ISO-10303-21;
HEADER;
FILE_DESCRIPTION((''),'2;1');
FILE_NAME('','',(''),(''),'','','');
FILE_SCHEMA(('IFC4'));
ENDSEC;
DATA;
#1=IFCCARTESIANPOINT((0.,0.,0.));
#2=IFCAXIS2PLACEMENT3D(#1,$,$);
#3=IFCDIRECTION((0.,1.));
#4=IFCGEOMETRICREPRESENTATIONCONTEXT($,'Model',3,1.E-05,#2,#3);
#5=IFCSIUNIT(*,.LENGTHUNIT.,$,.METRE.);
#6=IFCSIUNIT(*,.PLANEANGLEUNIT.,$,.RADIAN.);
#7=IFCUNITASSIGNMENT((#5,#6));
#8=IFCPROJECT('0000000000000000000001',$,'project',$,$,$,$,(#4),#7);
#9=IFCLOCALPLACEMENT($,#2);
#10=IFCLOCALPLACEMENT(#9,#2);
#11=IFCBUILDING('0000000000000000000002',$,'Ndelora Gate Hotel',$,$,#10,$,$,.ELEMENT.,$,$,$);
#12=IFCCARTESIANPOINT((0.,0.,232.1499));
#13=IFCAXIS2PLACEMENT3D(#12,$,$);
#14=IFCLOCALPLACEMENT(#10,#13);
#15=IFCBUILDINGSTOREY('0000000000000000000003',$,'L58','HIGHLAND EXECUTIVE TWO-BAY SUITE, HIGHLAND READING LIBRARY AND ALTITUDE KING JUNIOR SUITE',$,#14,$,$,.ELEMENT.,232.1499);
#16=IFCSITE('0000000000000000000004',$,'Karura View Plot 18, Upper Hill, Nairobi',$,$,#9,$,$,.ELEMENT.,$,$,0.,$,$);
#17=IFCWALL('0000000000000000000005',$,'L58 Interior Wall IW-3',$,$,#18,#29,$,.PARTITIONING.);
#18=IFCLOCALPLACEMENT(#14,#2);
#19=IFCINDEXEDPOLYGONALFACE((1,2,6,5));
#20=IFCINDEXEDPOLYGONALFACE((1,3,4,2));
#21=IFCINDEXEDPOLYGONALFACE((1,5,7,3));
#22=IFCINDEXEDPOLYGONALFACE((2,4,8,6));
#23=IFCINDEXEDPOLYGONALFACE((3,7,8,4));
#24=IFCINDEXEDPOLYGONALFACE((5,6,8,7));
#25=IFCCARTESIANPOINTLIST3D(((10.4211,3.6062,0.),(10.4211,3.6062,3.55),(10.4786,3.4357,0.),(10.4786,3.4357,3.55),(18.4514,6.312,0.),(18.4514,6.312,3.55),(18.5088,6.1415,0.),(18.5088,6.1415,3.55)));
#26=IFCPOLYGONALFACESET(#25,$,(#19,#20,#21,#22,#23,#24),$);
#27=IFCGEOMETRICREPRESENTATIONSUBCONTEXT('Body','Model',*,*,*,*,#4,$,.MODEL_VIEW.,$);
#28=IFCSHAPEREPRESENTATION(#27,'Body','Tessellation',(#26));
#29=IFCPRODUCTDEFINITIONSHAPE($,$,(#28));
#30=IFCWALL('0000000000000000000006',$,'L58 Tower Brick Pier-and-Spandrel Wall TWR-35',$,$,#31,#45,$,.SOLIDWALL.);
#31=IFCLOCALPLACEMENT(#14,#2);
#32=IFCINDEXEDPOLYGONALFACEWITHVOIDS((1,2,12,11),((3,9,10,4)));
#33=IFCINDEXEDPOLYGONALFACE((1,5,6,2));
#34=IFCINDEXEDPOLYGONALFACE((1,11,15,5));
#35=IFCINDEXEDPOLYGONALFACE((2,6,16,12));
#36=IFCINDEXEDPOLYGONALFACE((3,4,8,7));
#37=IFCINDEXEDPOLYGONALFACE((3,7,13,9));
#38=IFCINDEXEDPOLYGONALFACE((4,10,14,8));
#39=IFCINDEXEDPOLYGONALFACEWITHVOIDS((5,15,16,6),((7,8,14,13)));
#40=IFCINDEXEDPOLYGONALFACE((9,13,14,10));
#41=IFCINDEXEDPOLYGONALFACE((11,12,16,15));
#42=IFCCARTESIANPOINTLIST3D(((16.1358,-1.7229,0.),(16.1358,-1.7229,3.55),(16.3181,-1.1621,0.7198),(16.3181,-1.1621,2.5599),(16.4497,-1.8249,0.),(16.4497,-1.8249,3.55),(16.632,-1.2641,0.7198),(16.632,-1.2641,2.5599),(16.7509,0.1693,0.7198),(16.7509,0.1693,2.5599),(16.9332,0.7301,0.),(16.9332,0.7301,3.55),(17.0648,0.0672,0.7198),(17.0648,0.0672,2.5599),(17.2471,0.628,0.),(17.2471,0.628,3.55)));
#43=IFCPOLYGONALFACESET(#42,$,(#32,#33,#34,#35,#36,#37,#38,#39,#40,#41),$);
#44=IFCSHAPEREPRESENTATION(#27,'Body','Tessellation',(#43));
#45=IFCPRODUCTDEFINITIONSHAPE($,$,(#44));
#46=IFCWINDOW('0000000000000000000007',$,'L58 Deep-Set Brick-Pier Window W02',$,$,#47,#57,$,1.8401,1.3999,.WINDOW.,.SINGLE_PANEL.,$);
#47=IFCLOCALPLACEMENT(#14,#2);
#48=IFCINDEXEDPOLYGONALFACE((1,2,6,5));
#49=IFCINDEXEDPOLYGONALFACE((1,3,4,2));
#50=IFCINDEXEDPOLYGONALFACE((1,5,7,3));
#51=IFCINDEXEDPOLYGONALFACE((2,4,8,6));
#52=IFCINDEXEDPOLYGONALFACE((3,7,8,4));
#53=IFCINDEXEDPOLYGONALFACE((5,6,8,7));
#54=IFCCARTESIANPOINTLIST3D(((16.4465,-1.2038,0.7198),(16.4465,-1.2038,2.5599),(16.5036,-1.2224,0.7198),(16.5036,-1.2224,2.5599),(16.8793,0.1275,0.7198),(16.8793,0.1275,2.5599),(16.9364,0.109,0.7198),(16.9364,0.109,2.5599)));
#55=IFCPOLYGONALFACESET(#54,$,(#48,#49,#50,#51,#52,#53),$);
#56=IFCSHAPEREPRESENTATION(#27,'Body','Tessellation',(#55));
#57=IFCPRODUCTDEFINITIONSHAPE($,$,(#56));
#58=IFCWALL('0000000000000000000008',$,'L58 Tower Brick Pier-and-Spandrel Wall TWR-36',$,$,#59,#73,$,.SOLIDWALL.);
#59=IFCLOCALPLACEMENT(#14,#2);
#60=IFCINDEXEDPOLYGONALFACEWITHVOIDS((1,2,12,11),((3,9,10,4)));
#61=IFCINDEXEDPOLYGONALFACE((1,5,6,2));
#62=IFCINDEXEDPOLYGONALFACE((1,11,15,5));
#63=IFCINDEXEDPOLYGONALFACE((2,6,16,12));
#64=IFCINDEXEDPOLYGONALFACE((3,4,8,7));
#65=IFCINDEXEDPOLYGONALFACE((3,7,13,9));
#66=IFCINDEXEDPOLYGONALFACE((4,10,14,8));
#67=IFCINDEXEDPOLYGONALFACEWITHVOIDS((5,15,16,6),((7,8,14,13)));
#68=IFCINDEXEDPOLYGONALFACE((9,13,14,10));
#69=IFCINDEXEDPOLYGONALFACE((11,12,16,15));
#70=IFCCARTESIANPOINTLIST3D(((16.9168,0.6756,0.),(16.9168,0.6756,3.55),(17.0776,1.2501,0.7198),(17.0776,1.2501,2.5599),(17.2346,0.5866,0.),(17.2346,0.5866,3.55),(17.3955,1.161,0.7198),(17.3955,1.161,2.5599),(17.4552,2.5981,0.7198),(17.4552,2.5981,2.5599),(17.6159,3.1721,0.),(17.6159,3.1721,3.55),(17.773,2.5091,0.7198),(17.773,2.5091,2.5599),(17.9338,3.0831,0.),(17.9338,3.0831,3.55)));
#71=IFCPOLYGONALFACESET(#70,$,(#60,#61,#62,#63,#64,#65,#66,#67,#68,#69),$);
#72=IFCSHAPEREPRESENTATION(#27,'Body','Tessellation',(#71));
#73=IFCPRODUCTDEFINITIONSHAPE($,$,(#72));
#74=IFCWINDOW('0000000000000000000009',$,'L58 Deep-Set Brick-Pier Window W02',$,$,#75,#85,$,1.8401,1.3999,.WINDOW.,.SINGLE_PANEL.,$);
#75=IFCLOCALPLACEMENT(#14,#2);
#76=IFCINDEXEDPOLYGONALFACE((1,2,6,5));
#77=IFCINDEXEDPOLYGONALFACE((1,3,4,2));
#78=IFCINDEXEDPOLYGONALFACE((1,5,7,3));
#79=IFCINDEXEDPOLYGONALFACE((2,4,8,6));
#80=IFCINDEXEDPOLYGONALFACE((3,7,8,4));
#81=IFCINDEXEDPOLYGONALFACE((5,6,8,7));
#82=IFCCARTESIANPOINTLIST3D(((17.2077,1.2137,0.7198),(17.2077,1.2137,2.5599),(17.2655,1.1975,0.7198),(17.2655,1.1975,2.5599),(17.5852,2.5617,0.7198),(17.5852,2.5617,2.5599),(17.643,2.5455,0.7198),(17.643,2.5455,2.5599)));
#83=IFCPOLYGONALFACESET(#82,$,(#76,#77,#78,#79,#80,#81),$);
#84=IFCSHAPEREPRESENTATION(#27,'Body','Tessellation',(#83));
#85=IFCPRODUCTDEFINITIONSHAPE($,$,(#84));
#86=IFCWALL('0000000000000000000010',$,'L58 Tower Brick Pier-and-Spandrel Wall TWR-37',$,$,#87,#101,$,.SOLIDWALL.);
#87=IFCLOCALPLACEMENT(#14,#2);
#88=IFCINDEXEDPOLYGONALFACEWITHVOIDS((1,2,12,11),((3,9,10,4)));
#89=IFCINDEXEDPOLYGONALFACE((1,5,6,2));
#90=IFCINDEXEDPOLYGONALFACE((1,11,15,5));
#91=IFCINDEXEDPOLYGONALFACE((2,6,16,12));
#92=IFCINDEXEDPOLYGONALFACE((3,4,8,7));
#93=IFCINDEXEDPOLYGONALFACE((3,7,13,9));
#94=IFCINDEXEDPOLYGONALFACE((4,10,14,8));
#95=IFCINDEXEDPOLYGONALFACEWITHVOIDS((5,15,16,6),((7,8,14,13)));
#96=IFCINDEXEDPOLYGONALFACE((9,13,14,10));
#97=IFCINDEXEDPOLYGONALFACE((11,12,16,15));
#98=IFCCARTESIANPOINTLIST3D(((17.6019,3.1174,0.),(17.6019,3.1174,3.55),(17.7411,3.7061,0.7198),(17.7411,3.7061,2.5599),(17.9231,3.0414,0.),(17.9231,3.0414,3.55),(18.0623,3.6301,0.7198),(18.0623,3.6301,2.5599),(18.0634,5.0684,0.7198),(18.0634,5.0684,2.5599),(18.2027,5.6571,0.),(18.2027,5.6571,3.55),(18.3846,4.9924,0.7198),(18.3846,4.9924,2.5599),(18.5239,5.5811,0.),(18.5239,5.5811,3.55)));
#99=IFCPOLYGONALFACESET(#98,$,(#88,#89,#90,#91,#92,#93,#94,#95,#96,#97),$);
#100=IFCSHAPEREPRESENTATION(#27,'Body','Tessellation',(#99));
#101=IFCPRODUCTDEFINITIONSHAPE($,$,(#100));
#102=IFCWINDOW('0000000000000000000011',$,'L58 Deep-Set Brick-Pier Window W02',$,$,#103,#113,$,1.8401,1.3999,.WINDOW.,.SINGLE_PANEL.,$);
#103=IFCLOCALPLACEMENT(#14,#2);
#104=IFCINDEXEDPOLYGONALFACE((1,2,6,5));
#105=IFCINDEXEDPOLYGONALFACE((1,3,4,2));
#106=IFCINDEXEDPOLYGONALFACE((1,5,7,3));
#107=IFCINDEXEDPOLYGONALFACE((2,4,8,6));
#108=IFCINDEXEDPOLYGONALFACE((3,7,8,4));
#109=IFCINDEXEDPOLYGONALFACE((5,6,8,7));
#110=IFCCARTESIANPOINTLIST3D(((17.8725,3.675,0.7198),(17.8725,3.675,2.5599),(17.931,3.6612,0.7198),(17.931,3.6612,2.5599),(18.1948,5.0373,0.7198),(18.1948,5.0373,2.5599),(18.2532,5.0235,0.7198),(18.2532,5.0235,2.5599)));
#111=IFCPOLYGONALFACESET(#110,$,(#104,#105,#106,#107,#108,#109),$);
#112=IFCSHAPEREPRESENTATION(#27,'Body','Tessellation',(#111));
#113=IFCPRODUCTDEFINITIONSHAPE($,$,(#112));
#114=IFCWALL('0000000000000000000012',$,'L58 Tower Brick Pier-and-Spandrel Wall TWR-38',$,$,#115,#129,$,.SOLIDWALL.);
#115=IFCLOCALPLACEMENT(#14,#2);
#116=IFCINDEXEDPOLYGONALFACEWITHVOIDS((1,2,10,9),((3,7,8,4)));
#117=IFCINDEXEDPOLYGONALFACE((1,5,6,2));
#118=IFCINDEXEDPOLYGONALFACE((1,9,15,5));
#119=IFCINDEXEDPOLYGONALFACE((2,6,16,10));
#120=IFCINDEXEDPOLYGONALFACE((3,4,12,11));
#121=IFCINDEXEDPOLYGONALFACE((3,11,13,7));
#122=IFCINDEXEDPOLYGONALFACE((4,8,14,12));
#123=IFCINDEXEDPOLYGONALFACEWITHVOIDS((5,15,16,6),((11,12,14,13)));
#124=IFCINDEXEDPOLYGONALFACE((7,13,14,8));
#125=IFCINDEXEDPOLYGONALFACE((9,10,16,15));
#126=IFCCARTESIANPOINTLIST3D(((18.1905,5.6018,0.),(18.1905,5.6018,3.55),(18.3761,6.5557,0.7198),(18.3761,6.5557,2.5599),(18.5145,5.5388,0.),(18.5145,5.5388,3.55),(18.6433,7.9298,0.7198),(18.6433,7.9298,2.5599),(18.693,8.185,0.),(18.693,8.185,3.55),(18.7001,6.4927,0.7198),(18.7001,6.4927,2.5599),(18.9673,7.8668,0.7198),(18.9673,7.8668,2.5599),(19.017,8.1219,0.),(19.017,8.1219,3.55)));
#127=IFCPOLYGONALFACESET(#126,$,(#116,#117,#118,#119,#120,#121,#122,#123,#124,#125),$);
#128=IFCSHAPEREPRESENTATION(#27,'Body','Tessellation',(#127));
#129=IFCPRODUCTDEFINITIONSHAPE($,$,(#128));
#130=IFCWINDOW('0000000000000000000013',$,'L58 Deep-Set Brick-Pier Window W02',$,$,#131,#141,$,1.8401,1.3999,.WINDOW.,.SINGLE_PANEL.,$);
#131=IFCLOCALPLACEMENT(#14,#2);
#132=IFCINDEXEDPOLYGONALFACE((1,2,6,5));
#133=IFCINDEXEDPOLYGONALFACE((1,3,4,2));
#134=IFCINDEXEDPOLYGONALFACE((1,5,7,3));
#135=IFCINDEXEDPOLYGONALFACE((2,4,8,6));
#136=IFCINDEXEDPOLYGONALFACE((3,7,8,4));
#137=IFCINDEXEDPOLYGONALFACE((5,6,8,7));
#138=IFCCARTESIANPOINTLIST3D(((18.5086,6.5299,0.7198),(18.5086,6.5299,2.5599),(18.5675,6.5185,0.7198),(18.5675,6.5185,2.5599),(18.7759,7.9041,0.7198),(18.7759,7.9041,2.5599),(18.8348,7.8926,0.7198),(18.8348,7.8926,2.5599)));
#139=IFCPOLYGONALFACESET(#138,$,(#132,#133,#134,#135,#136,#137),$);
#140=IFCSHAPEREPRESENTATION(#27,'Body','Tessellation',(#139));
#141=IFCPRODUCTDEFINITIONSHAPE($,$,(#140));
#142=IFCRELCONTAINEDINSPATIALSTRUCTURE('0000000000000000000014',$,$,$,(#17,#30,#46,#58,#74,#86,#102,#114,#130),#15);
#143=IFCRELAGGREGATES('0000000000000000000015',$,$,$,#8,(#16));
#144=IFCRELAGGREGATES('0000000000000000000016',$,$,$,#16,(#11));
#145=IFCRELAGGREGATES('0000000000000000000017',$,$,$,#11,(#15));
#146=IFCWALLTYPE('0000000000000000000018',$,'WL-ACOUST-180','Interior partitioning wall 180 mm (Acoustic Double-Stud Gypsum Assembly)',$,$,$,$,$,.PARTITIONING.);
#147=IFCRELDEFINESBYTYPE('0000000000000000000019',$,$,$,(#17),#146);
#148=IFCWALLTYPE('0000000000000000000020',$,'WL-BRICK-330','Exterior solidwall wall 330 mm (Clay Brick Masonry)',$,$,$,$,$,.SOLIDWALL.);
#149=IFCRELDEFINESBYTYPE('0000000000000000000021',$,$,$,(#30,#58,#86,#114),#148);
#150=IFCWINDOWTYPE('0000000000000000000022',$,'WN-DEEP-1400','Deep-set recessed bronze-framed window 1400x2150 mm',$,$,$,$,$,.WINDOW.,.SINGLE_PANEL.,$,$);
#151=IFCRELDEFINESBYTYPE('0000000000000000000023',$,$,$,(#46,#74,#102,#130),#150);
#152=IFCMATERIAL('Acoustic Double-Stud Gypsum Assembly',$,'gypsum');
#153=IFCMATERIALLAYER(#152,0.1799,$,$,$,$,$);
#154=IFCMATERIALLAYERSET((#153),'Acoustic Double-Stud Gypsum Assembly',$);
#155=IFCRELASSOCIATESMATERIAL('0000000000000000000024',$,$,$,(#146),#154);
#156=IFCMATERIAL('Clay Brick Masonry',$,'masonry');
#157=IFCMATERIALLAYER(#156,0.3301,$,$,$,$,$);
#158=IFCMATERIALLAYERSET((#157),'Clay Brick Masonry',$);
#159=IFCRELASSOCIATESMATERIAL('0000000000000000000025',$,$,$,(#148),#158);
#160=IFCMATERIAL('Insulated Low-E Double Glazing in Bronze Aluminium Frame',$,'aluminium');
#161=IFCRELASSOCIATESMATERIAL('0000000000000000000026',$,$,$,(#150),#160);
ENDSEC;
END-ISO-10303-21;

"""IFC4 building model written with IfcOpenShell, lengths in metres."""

from ifc_helpers import new_model, si_unit, direction, frame, frame_2d, origin, place, context, subcontext, project, spatial, rectangle, extrude, material, layer, layer_set, type_object, element, fill, save


model = new_model("IFC4")

# Units and contexts
model_context = context("Model", 3, precision=1e-05, world=origin(), true_north=direction((0.0, 1.0)))
body_context = subcontext(model_context, "Body", "Model", "MODEL_VIEW")
ifc_project = project(units=[si_unit("LENGTHUNIT", "METRE"), si_unit("PLANEANGLEUNIT", "RADIAN")], contexts=[model_context])

# Site, building, storey
site_placement = place(None, origin())
site = spatial("IfcSite", under=ifc_project, at=site_placement, Name="Karura View Plot 18, Upper Hill, Nairobi", CompositionType="ELEMENT", RefElevation=0.0)
building_placement = place(site_placement, origin())
building = spatial("IfcBuilding", under=site, at=building_placement, Name="Ndelora Gate Hotel", CompositionType="ELEMENT")
storey_placement = place(building_placement, frame((0.0, 0.0, 232.1499)))
storey = spatial("IfcBuildingStorey", under=building, at=storey_placement, Name="L58", Description="HIGHLAND EXECUTIVE TWO-BAY SUITE, HIGHLAND READING LIBRARY AND ALTITUDE KING JUNIOR SUITE", CompositionType="ELEMENT", Elevation=232.1499)

# Wall
ifc_material_1 = material(Name="Acoustic Double-Stud Gypsum Assembly", Category="gypsum")
ifc_layer_1 = layer(ifc_material_1, 0.1799)
ifc_layer_set_1 = layer_set([ifc_layer_1], Name="Acoustic Double-Stud Gypsum Assembly")
wall_type_1 = type_object("IfcWallType", Name="WL-ACOUST-180", Description="Interior partitioning wall 180 mm (Acoustic Double-Stud Gypsum Assembly)", PredefinedType="PARTITIONING", material=ifc_layer_set_1)
wall_1_placement = place(storey_placement, frame((10.45, 3.521, 0.0), z_axis=(0.0, 0.0, 1.0), x_axis=(0.94765, 0.319312, 0.0)))
element("IfcWall", 1, at=wall_1_placement, inside=storey, type_object=wall_type_1, Name="L58 Interior Wall IW-3", PredefinedType="PARTITIONING", context=body_context, shape_type="SweptSolid", body=[
    extrude(rectangle(XDim=8.4739, YDim=0.1799, at=frame_2d((4.2368, 0.0))), origin(), (0.0, 0.0, 1.0), 3.55),
])

# Walls, openings, windows
ifc_material_2 = material(Name="Clay Brick Masonry", Category="masonry")
ifc_layer_2 = layer(ifc_material_2, 0.3301)
ifc_layer_set_2 = layer_set([ifc_layer_2], Name="Clay Brick Masonry")
wall_type_2 = type_object("IfcWallType", Name="WL-BRICK-330", Description="Exterior solidwall wall 330 mm (Clay Brick Masonry)", PredefinedType="SOLIDWALL", material=ifc_layer_set_2)
wall_2_placement = place(storey_placement, frame((17.0901, 0.679, 0.0), z_axis=(0.0, 0.0, 1.0), x_axis=(-0.309148, -0.951014, 0.0)))
wall_2 = element("IfcWall", 2, at=wall_2_placement, inside=storey, type_object=wall_type_2, Name="L58 Tower Brick Pier-and-Spandrel Wall TWR-35", PredefinedType="SOLIDWALL", context=body_context, shape_type="SweptSolid", body=[
    extrude(rectangle(XDim=2.5793, YDim=0.3301, at=frame_2d((1.2896, 0.0))), origin(), (0.0, 0.0, 1.0), 3.55),
])
opening_1_placement = place(wall_2_placement, frame((0.5896, 0.0, 0.72)))
opening_1 = element("IfcOpeningElement", 3, at=opening_1_placement, cuts=wall_2, PredefinedType="OPENING", context=body_context, shape_type="SweptSolid", body=[
    extrude(rectangle(XDim=1.3999, YDim=1.8401, at=frame_2d((0.7, 0.9199))), frame((0.0, 0.175, 0.0), z_axis=(0.0, -1.0, 0.0), x_axis=(1.0, 0.0, 0.0)), (0.0, 0.0, 1.0), 0.3501),
])
ifc_material_3 = material(Name="Insulated Low-E Double Glazing in Bronze Aluminium Frame", Category="aluminium")
window_type = type_object("IfcWindowType", Name="WN-DEEP-1400", Description="Deep-set recessed bronze-framed window 1400x2150 mm", PartitioningType="SINGLE_PANEL", PredefinedType="WINDOW", material=ifc_material_3)
window_1_placement = place(opening_1_placement, origin())
window_1 = element("IfcWindow", 4, at=window_1_placement, inside=storey, type_object=window_type, Name="L58 Deep-Set Brick-Pier Window W02", OverallHeight=1.8401, OverallWidth=1.3999, PartitioningType="SINGLE_PANEL", PredefinedType="WINDOW", context=body_context, shape_type="SweptSolid", body=[
    extrude(rectangle(XDim=1.3999, YDim=1.8401, at=frame_2d((0.7, 0.9199))), frame((0.0, 0.03, 0.0), z_axis=(0.0, -1.0, 0.0), x_axis=(1.0, 0.0, 0.0)), (0.0, 0.0, 1.0), 0.0601),
])
fill(opening_1, window_1)
wall_3_placement = place(storey_placement, frame((17.7749, 3.1277, 0.0), z_axis=(0.0, 0.0, 1.0), x_axis=(-0.269693, -0.962946, 0.0)))
wall_3 = element("IfcWall", 5, at=wall_3_placement, inside=storey, type_object=wall_type_2, Name="L58 Tower Brick Pier-and-Spandrel Wall TWR-36", PredefinedType="SOLIDWALL", context=body_context, shape_type="SweptSolid", body=[
    extrude(rectangle(XDim=2.5925, YDim=0.3301, at=frame_2d((1.2964, 0.0))), origin(), (0.0, 0.0, 1.0), 3.55),
])
opening_2_placement = place(wall_3_placement, frame((0.5962, 0.0, 0.72)))
opening_2 = element("IfcOpeningElement", 6, at=opening_2_placement, cuts=wall_3, PredefinedType="OPENING", context=body_context, shape_type="SweptSolid", body=[
    extrude(rectangle(XDim=1.3999, YDim=1.8401, at=frame_2d((0.7, 0.9199))), frame((0.0, 0.175, 0.0), z_axis=(0.0, -1.0, 0.0), x_axis=(1.0, 0.0, 0.0)), (0.0, 0.0, 1.0), 0.3501),
])
window_2_placement = place(opening_2_placement, origin())
window_2 = element("IfcWindow", 7, at=window_2_placement, inside=storey, type_object=window_type, Name="L58 Deep-Set Brick-Pier Window W02", OverallHeight=1.8401, OverallWidth=1.3999, PartitioningType="SINGLE_PANEL", PredefinedType="WINDOW", context=body_context, shape_type="SweptSolid", body=[
    extrude(rectangle(XDim=1.3999, YDim=1.8401, at=frame_2d((0.7, 0.9199))), frame((0.0, 0.03, 0.0), z_axis=(0.0, -1.0, 0.0), x_axis=(1.0, 0.0, 0.0)), (0.0, 0.0, 1.0), 0.0601),
])
fill(opening_2, window_2)
wall_4_placement = place(storey_placement, frame((18.3633, 5.6191, 0.0), z_axis=(0.0, 0.0, 1.0), x_axis=(-0.230212, -0.97314, 0.0)))
wall_4 = element("IfcWall", 8, at=wall_4_placement, inside=storey, type_object=wall_type_2, Name="L58 Tower Brick Pier-and-Spandrel Wall TWR-37", PredefinedType="SOLIDWALL", context=body_context, shape_type="SweptSolid", body=[
    extrude(rectangle(XDim=2.6099, YDim=0.3301, at=frame_2d((1.3049, 0.0))), origin(), (0.0, 0.0, 1.0), 3.55),
])
opening_3_placement = place(wall_4_placement, frame((0.605, 0.0, 0.72)))
opening_3 = element("IfcOpeningElement", 9, at=opening_3_placement, cuts=wall_4, PredefinedType="OPENING", context=body_context, shape_type="SweptSolid", body=[
    extrude(rectangle(XDim=1.3999, YDim=1.8401, at=frame_2d((0.7, 0.9199))), frame((0.0, 0.175, 0.0), z_axis=(0.0, -1.0, 0.0), x_axis=(1.0, 0.0, 0.0)), (0.0, 0.0, 1.0), 0.3501),
])
window_3_placement = place(opening_3_placement, origin())
window_3 = element("IfcWindow", 10, at=window_3_placement, inside=storey, type_object=window_type, Name="L58 Deep-Set Brick-Pier Window W02", OverallHeight=1.8401, OverallWidth=1.3999, PartitioningType="SINGLE_PANEL", PredefinedType="WINDOW", context=body_context, shape_type="SweptSolid", body=[
    extrude(rectangle(XDim=1.3999, YDim=1.8401, at=frame_2d((0.7, 0.9199))), frame((0.0, 0.03, 0.0), z_axis=(0.0, -1.0, 0.0), x_axis=(1.0, 0.0, 0.0)), (0.0, 0.0, 1.0), 0.0601),
])
fill(opening_3, window_3)
wall_5_placement = place(storey_placement, frame((18.855, 8.1536, 0.0), z_axis=(0.0, 0.0, 1.0), x_axis=(-0.190922, -0.981605, 0.0)))
wall_5 = element("IfcWall", 11, at=wall_5_placement, inside=storey, type_object=wall_type_2, Name="L58 Tower Brick Pier-and-Spandrel Wall TWR-38", PredefinedType="SOLIDWALL", context=body_context, shape_type="SweptSolid", body=[
    extrude(rectangle(XDim=2.6316, YDim=0.3301, at=frame_2d((1.3159, 0.0))), origin(), (0.0, 0.0, 1.0), 3.55),
])
opening_4_placement = place(wall_5_placement, frame((0.26, 0.0, 0.72)))
opening_4 = element("IfcOpeningElement", 12, at=opening_4_placement, cuts=wall_5, PredefinedType="OPENING", context=body_context, shape_type="SweptSolid", body=[
    extrude(rectangle(XDim=1.3999, YDim=1.8401, at=frame_2d((0.7, 0.9199))), frame((0.0, 0.175, 0.0), z_axis=(0.0, -1.0, 0.0), x_axis=(1.0, 0.0, 0.0)), (0.0, 0.0, 1.0), 0.3501),
])
window_4_placement = place(opening_4_placement, origin())
window_4 = element("IfcWindow", 13, at=window_4_placement, inside=storey, type_object=window_type, Name="L58 Deep-Set Brick-Pier Window W02", OverallHeight=1.8401, OverallWidth=1.3999, PartitioningType="SINGLE_PANEL", PredefinedType="WINDOW", context=body_context, shape_type="SweptSolid", body=[
    extrude(rectangle(XDim=1.3999, YDim=1.8401, at=frame_2d((0.7, 0.9199))), frame((0.0, 0.03, 0.0), z_axis=(0.0, -1.0, 0.0), x_axis=(1.0, 0.0, 0.0)), (0.0, 0.0, 1.0), 0.0601),
])
fill(opening_4, window_4)

save(model, "model.ifc")
